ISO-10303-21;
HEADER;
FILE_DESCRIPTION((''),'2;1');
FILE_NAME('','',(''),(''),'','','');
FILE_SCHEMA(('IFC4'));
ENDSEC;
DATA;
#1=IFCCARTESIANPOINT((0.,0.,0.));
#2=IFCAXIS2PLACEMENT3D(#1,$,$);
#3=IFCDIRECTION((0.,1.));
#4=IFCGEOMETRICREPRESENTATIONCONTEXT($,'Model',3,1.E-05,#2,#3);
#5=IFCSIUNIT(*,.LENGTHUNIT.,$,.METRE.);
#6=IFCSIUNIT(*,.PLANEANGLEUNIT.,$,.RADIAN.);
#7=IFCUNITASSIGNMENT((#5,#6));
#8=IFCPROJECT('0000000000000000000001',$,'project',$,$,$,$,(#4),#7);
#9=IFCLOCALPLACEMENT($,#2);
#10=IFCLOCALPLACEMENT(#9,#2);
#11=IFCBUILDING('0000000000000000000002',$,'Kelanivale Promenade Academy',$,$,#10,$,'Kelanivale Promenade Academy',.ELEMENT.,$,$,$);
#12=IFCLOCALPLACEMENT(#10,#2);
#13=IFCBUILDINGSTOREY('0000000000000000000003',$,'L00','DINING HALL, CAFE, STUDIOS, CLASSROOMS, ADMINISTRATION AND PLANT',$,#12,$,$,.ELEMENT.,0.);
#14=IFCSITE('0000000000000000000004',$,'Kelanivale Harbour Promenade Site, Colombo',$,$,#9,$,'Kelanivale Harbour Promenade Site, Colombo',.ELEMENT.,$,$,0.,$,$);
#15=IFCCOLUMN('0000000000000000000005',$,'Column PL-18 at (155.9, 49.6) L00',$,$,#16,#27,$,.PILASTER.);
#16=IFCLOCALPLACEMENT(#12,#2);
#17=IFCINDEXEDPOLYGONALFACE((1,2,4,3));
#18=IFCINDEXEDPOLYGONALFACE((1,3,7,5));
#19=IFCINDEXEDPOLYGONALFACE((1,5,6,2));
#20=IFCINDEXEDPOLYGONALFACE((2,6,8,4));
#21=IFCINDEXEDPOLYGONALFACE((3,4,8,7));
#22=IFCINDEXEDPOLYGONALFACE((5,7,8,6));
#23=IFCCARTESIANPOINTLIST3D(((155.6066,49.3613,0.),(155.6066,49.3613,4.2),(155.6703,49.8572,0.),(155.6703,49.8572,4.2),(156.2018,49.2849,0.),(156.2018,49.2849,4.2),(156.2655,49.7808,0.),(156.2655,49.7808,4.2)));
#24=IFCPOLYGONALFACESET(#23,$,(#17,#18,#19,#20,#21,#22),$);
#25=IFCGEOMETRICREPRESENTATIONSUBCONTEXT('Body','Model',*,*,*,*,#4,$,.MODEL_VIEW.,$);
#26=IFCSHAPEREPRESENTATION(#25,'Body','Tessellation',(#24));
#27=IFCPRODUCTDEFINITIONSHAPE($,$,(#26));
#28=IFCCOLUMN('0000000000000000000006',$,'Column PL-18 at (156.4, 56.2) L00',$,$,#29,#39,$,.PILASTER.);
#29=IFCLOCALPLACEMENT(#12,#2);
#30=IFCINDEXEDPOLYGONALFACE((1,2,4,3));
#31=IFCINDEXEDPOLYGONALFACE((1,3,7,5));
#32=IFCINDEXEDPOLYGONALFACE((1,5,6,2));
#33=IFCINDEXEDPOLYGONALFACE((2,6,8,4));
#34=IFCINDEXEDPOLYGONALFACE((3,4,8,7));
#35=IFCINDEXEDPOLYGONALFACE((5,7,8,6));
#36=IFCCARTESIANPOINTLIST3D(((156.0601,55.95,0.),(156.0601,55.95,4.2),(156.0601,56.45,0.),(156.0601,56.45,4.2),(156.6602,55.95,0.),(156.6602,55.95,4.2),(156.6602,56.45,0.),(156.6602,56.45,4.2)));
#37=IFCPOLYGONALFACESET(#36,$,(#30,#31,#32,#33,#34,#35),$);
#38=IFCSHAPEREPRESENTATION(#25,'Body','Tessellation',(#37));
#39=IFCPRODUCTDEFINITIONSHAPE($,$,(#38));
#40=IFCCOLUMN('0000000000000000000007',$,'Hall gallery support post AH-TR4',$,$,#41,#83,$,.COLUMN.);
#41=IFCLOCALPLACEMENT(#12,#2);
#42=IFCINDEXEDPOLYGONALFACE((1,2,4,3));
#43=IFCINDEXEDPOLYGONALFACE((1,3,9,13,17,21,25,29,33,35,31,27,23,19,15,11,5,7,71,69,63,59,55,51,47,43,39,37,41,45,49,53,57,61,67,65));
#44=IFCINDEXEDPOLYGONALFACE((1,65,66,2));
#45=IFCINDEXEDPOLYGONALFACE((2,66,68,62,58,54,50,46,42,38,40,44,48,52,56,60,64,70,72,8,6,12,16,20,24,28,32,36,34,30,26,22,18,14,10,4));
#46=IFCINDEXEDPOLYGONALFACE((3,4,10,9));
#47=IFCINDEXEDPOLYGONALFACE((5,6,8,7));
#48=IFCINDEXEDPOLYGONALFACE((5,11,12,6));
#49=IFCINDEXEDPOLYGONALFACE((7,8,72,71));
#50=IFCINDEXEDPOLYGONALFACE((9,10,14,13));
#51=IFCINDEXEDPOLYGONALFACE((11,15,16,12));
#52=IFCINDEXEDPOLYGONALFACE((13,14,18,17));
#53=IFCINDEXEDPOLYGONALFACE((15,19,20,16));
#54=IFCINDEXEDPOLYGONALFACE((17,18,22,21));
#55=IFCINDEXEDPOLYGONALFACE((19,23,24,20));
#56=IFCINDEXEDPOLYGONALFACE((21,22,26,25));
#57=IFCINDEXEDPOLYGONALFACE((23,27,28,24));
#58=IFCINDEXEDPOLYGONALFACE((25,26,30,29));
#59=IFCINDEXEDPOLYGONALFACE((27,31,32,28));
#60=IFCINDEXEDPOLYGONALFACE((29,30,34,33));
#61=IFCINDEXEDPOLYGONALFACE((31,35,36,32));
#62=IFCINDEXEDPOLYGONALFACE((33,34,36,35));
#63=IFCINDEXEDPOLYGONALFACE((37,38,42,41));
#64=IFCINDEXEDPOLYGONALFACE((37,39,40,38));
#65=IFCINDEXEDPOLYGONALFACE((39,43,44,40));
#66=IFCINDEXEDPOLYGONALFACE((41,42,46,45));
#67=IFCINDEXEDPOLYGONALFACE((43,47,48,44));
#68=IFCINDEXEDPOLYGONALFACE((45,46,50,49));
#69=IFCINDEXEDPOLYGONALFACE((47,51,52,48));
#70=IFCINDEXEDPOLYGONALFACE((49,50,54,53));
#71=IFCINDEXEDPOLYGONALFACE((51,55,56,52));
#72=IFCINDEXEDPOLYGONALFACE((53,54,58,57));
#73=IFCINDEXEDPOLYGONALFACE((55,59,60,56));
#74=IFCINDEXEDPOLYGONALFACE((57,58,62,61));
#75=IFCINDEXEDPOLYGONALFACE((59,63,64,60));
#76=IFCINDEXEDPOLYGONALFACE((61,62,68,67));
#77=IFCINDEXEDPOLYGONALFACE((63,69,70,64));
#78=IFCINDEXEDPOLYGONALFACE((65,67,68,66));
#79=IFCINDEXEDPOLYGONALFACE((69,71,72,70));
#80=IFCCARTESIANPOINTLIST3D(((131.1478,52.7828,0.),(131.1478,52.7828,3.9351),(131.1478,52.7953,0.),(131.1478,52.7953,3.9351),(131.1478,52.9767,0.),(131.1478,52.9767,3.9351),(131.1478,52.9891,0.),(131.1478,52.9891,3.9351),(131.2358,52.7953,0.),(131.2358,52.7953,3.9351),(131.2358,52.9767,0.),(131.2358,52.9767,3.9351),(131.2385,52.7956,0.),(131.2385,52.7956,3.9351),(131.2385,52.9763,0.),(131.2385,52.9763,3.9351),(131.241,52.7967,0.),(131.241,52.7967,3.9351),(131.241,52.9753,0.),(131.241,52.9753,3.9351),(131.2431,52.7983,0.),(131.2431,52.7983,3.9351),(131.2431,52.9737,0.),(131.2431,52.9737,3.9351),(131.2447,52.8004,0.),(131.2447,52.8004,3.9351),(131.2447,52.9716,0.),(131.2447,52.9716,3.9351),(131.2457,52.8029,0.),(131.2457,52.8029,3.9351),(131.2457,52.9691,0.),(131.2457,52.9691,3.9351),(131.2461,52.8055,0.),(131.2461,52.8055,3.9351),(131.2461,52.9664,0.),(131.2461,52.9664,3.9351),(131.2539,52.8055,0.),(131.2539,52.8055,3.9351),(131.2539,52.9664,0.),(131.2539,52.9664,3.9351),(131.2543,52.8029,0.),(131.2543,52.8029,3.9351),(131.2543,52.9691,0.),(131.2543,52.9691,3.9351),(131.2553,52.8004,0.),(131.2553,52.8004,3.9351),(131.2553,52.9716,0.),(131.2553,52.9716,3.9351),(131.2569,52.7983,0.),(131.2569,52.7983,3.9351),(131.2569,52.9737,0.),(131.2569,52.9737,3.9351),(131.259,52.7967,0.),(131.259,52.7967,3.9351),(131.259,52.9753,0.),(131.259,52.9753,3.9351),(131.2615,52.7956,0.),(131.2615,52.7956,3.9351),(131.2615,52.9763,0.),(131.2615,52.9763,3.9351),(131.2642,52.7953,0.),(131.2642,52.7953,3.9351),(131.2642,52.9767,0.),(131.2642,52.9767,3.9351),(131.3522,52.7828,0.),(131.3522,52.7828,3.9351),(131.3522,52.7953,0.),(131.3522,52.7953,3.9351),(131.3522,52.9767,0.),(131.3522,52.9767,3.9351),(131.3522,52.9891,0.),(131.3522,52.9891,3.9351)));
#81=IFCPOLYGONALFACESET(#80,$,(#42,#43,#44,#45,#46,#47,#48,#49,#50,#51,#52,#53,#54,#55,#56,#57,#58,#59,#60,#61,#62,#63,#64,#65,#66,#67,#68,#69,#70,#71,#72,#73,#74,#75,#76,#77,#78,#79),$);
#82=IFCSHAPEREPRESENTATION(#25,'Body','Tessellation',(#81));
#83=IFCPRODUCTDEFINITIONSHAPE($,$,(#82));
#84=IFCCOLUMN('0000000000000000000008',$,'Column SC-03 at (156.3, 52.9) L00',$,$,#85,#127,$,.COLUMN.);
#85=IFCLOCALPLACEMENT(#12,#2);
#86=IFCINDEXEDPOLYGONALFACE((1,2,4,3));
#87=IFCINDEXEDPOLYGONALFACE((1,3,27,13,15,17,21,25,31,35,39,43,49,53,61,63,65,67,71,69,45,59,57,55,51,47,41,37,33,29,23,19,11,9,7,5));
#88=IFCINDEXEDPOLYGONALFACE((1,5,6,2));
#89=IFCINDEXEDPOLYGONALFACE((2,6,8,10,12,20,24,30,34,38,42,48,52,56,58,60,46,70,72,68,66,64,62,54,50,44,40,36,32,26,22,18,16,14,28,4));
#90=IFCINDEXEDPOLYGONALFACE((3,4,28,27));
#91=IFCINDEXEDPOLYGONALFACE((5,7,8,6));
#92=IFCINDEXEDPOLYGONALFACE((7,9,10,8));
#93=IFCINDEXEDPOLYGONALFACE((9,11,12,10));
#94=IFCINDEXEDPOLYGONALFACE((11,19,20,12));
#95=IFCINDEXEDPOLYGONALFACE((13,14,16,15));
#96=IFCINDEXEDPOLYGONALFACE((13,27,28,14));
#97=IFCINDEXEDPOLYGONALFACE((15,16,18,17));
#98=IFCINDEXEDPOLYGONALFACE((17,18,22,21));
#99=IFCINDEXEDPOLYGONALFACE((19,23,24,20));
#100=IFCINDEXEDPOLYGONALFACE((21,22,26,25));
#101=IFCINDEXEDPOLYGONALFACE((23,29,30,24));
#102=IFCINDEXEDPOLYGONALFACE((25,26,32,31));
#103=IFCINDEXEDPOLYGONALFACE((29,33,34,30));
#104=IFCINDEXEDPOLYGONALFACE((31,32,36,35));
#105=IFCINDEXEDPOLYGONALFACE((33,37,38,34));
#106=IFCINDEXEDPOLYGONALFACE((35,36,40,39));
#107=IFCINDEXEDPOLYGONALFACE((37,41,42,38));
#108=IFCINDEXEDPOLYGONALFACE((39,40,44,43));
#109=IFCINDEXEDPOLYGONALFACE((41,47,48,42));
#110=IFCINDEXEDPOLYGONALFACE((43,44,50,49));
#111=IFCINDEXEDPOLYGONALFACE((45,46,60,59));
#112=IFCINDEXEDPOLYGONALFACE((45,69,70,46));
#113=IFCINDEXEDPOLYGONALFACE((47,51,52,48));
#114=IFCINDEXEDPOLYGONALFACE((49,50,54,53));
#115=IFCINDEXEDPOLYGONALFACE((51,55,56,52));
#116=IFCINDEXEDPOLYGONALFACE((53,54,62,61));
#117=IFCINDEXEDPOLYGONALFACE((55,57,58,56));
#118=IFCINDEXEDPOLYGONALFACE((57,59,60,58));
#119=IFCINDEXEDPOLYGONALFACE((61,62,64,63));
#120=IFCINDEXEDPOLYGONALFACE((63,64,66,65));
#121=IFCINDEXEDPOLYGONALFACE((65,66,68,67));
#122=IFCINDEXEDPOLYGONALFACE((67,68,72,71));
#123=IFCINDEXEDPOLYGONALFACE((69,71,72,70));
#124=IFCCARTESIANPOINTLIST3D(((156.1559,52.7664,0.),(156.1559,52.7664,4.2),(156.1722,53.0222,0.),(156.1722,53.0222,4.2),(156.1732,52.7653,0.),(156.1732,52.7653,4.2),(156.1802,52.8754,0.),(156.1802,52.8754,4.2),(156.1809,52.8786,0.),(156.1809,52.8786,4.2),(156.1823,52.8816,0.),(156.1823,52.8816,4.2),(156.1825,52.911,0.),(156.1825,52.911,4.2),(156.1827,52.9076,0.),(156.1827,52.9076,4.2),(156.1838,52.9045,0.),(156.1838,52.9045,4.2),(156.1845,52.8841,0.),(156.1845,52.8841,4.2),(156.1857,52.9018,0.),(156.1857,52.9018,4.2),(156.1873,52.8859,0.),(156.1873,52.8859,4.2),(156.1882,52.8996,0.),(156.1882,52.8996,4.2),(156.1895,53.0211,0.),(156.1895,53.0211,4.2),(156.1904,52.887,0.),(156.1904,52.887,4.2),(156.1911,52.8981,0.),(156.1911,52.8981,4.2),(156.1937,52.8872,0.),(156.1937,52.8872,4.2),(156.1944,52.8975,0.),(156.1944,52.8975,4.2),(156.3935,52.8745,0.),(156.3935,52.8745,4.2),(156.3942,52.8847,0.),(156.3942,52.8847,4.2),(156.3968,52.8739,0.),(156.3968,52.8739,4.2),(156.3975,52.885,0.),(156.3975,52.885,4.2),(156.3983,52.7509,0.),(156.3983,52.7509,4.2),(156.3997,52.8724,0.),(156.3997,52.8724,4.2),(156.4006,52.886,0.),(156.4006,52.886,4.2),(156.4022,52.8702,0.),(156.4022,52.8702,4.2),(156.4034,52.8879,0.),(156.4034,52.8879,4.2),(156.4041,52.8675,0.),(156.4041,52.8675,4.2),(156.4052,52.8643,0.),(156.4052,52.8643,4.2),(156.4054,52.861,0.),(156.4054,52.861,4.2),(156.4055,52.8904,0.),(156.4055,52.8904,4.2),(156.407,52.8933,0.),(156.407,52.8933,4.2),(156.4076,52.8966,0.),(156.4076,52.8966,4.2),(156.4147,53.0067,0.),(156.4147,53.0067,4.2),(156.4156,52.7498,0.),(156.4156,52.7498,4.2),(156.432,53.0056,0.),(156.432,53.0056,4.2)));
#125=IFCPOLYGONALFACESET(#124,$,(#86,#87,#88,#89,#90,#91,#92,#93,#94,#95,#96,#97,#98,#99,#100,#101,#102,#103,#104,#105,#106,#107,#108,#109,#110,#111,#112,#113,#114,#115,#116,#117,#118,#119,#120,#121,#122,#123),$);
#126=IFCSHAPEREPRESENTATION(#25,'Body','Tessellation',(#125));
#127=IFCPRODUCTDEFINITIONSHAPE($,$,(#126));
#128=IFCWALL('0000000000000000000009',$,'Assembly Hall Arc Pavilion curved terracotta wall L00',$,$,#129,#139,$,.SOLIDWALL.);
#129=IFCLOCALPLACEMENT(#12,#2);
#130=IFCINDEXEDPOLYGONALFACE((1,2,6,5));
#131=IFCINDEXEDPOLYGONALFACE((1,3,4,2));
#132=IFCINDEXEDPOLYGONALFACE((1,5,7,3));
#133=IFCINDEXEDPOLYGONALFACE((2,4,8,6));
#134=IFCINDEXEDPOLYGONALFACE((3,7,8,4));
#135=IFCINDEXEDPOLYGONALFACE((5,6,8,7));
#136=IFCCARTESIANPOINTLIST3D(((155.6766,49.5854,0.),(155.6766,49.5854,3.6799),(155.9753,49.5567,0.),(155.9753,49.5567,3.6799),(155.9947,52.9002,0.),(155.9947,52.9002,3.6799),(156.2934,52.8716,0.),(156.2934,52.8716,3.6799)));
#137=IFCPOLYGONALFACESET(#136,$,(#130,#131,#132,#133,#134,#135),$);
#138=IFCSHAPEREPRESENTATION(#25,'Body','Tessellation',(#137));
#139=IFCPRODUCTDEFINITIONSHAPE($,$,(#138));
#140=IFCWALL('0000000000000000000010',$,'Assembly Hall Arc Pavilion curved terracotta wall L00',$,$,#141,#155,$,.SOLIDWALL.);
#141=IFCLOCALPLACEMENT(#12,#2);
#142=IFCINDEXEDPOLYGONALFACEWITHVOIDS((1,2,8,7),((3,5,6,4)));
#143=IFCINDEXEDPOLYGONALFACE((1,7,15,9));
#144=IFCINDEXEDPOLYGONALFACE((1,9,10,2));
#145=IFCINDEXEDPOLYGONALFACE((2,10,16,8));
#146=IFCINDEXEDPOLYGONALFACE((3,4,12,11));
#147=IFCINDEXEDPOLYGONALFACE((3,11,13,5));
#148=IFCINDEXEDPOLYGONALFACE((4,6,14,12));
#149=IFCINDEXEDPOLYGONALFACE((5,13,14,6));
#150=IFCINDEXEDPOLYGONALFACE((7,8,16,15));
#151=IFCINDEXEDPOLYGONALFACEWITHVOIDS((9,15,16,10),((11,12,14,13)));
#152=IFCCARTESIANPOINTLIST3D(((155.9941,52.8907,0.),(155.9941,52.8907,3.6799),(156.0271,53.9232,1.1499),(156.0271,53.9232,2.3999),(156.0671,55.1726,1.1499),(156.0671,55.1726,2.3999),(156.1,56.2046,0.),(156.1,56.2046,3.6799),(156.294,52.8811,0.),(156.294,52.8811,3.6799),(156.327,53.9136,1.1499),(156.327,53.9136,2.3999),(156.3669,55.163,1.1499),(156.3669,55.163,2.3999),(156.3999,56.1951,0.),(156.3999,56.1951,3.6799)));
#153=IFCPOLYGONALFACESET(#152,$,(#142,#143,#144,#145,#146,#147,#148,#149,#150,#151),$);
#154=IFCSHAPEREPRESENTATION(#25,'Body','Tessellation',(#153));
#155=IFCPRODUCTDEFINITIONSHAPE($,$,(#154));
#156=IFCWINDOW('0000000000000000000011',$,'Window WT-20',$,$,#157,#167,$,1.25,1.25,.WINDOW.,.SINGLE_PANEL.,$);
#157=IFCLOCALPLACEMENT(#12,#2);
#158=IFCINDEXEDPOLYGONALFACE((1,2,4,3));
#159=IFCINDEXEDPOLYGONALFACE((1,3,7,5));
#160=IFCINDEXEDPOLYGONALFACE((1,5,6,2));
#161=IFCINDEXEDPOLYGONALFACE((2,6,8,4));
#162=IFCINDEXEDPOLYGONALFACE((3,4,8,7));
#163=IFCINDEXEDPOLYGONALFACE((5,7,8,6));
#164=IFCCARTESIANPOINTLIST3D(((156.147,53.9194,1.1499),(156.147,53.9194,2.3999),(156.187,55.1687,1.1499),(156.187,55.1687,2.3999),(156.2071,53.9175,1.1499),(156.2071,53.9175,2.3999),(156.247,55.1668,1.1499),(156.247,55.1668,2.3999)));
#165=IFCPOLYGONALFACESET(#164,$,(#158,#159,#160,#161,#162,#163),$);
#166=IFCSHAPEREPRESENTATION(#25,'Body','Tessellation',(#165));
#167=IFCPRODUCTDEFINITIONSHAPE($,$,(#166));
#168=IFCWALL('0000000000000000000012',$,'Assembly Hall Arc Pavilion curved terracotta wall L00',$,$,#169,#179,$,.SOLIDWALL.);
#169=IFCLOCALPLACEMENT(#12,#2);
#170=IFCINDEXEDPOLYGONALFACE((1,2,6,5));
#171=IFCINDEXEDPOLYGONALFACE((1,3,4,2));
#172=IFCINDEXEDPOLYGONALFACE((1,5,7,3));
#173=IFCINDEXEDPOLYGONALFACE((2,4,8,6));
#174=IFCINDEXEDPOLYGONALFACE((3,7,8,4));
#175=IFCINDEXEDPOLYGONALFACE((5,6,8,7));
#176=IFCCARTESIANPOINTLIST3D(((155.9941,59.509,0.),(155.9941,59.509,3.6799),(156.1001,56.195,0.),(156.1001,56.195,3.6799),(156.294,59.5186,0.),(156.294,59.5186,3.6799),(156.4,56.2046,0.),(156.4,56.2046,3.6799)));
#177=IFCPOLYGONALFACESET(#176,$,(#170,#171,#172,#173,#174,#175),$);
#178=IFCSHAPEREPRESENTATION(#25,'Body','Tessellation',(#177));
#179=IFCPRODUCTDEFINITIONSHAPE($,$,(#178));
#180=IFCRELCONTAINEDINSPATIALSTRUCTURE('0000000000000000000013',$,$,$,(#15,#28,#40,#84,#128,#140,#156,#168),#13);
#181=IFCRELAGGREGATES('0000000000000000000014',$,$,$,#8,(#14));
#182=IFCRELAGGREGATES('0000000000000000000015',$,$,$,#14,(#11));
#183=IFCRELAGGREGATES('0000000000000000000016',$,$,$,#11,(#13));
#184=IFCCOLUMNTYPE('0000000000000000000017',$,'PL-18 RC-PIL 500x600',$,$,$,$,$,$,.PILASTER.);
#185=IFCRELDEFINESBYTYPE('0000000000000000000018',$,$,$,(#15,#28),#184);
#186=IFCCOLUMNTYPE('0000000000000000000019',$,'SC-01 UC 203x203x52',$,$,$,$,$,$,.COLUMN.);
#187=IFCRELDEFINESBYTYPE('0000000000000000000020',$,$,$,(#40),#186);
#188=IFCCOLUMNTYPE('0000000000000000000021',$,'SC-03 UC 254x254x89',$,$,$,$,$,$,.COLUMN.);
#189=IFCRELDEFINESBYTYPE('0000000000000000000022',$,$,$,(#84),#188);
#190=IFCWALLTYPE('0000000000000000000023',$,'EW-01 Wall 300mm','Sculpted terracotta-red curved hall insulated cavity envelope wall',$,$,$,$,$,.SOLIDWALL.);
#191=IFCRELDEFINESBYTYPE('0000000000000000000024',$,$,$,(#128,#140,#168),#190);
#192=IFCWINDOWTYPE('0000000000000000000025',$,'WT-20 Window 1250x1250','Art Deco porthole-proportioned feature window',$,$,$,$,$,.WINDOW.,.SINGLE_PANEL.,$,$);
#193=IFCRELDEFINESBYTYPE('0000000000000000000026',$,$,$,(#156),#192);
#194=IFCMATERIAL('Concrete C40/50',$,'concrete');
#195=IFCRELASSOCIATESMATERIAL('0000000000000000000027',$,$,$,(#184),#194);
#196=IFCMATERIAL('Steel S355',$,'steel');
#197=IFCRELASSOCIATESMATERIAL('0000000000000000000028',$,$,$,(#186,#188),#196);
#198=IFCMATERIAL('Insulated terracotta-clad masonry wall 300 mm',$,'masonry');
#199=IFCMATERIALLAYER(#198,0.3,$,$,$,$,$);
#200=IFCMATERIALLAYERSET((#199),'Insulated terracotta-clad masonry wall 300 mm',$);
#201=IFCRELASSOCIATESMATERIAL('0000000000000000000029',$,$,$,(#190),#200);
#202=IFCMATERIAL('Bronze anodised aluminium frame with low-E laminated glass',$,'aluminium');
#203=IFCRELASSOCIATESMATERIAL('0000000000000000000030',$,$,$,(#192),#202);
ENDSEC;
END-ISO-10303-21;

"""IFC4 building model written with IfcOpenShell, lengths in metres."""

from ifc_helpers import new_model, si_unit, direction, frame, frame_2d, origin, origin_2d, place, context, subcontext, project, spatial, rectangle, i_section, extrude, material, layer, layer_set, material_profile, profile_set, type_object, element, fill, save


model = new_model("IFC4")

# Units and contexts
model_context = context("Model", 3, precision=1e-05, world=origin(), true_north=direction((0.0, 1.0)))
body_context = subcontext(model_context, "Body", "Model", "MODEL_VIEW")
ifc_project = project(units=[si_unit("LENGTHUNIT", "METRE"), si_unit("PLANEANGLEUNIT", "RADIAN")], contexts=[model_context])

# Site, building, storey
site_placement = place(None, origin())
site = spatial("IfcSite", under=ifc_project, at=site_placement, Name="Kelanivale Harbour Promenade Site, Colombo", LongName="Kelanivale Harbour Promenade Site, Colombo", CompositionType="ELEMENT", RefElevation=0.0)
building_placement = place(site_placement, origin())
building = spatial("IfcBuilding", under=site, at=building_placement, Name="Kelanivale Promenade Academy", LongName="Kelanivale Promenade Academy", CompositionType="ELEMENT")
storey_placement = place(building_placement, origin())
storey = spatial("IfcBuildingStorey", under=building, at=storey_placement, Name="L00", Description="DINING HALL, CAFE, STUDIOS, CLASSROOMS, ADMINISTRATION AND PLANT", CompositionType="ELEMENT", Elevation=0.0)

# Columns
ifc_material_1 = material(Name="Concrete C40/50", Category="concrete")
ifc_material_profile_1 = material_profile(ifc_material_1, rectangle(XDim=0.5, YDim=0.6001, at=origin_2d()), Name="RC-PIL 500x600")
ifc_profile_set_1 = profile_set([ifc_material_profile_1], Name="Concrete C40/50")
column_type_1 = type_object("IfcColumnType", Name="PL-18 RC-PIL 500x600", PredefinedType="PILASTER", material=ifc_profile_set_1)
for number, where, z_axis, x_axis, name in (
    (1, (155.936, 49.571, 0.0), (0.0, 0.0, 1.0), (0.127411, 0.99185, 0.0), "Column PL-18 at (155.9, 49.6) L00"),
    (2, (156.3601, 56.2, 0.0), (0.0, 0.0, 1.0), (0.0, 1.0, 0.0), "Column PL-18 at (156.4, 56.2) L00"),
):
    element("IfcColumn", number, at=place(storey_placement, frame(where, z_axis=z_axis, x_axis=x_axis)), inside=storey, type_object=column_type_1, Name=name, PredefinedType="PILASTER", context=body_context, shape_type="SweptSolid", body=[
        extrude(rectangle(XDim=0.5, YDim=0.6001, at=origin_2d()), origin(), (0.0, 0.0, 1.0), 4.2),
    ])
ifc_material_2 = material(Name="Steel S355", Category="steel")
ifc_material_profile_2 = material_profile(ifc_material_2, i_section(OverallWidth=0.2043, OverallDepth=0.2063, WebThickness=0.0078, FlangeThickness=0.0125, FilletRadius=0.0103, at=origin_2d()), Name="UC 203x203x52")
ifc_profile_set_2 = profile_set([ifc_material_profile_2], Name="Steel S355")
column_type_2 = type_object("IfcColumnType", Name="SC-01 UC 203x203x52", PredefinedType="COLUMN", material=ifc_profile_set_2)
column_1_placement = place(storey_placement, frame((131.25, 52.886, 0.0), z_axis=(0.0, 0.0, 1.0), x_axis=(1.0, 0.0, 0.0)))
element("IfcColumn", 3, at=column_1_placement, inside=storey, type_object=column_type_2, Name="Hall gallery support post AH-TR4", PredefinedType="COLUMN", context=body_context, shape_type="SweptSolid", body=[
    extrude(i_section(OverallWidth=0.2043, OverallDepth=0.2063, WebThickness=0.0078, FlangeThickness=0.0125, FilletRadius=0.0103, at=origin_2d()), origin(), (0.0, 0.0, 1.0), 3.9351),
])
ifc_material_profile_3 = material_profile(ifc_material_2, i_section(OverallWidth=0.2563, OverallDepth=0.2603, WebThickness=0.0103, FlangeThickness=0.0173, FilletRadius=0.0127, at=origin_2d()), Name="UC 254x254x89")
ifc_profile_set_3 = profile_set([ifc_material_profile_3], Name="Steel S355")
column_type_3 = type_object("IfcColumnType", Name="SC-03 UC 254x254x89", PredefinedType="COLUMN", material=ifc_profile_set_3)
column_2_placement = place(storey_placement, frame((156.2939, 52.886, 0.0), z_axis=(0.0, 0.0, 1.0), x_axis=(0.063661, 0.997972, 0.0)))
element("IfcColumn", 4, at=column_2_placement, inside=storey, type_object=column_type_3, Name="Column SC-03 at (156.3, 52.9) L00", PredefinedType="COLUMN", context=body_context, shape_type="SweptSolid", body=[
    extrude(i_section(OverallWidth=0.2563, OverallDepth=0.2603, WebThickness=0.0103, FlangeThickness=0.0173, FilletRadius=0.0127, at=origin_2d()), origin(), (0.0, 0.0, 1.0), 4.2),
])

# Wall
ifc_material_3 = material(Name="Insulated terracotta-clad masonry wall 300 mm", Category="masonry")
ifc_layer_1 = layer(ifc_material_3, 0.3)
ifc_layer_set_1 = layer_set([ifc_layer_1], Name="Insulated terracotta-clad masonry wall 300 mm")
wall_type_1 = type_object("IfcWallType", Name="EW-01 Wall 300mm", Description="Sculpted terracotta-red curved hall insulated cavity envelope wall", PredefinedType="SOLIDWALL", material=ifc_layer_set_1)
wall_1_placement = place(storey_placement, frame((155.8259, 49.571, 0.0), z_axis=(0.0, 0.0, 1.0), x_axis=(0.095525, 0.995427, 0.0)))
element("IfcWall", 5, at=wall_1_placement, inside=storey, type_object=wall_type_1, Name="Assembly Hall Arc Pavilion curved terracotta wall L00", PredefinedType="SOLIDWALL", context=body_context, shape_type="SweptSolid", body=[
    extrude(rectangle(XDim=3.3301, YDim=0.3, at=frame_2d((1.665, 0.0))), origin(), (0.0, 0.0, 1.0), 3.6799),
])

# Wall, opening, window
wall_2_placement = place(storey_placement, frame((156.144, 52.886, 0.0), z_axis=(0.0, 0.0, 1.0), x_axis=(0.031957, 0.999489, 0.0)))
wall_2 = element("IfcWall", 6, at=wall_2_placement, inside=storey, type_object=wall_type_1, Name="Assembly Hall Arc Pavilion curved terracotta wall L00", PredefinedType="SOLIDWALL", context=body_context, shape_type="SweptSolid", body=[
    extrude(rectangle(XDim=3.3157, YDim=0.3, at=frame_2d((1.6577, 0.0))), origin(), (0.0, 0.0, 1.0), 3.6799),
])
opening_placement = place(wall_2_placement, frame((1.033, 0.0, 1.1499)))
opening = element("IfcOpeningElement", 7, at=opening_placement, cuts=wall_2, PredefinedType="OPENING", context=body_context, shape_type="SweptSolid", body=[
    extrude(rectangle(XDim=1.25, YDim=1.25, at=frame_2d((0.625, 0.625))), frame((0.0, 0.1602, 0.0), z_axis=(0.0, -1.0, 0.0), x_axis=(1.0, 0.0, 0.0)), (0.0, 0.0, 1.0), 0.3201),
])
ifc_material_4 = material(Name="Bronze anodised aluminium frame with low-E laminated glass", Category="aluminium")
window_type = type_object("IfcWindowType", Name="WT-20 Window 1250x1250", Description="Art Deco porthole-proportioned feature window", PartitioningType="SINGLE_PANEL", PredefinedType="WINDOW", material=ifc_material_4)
window_placement = place(opening_placement, origin())
window = element("IfcWindow", 8, at=window_placement, inside=storey, type_object=window_type, Name="Window WT-20", OverallHeight=1.25, OverallWidth=1.25, PartitioningType="SINGLE_PANEL", PredefinedType="WINDOW", context=body_context, shape_type="SweptSolid", body=[
    extrude(rectangle(XDim=1.25, YDim=1.25, at=frame_2d((0.625, 0.625))), frame((0.0, 0.03, 0.0), z_axis=(0.0, -1.0, 0.0), x_axis=(1.0, 0.0, 0.0)), (0.0, 0.0, 1.0), 0.0601),
])
fill(opening, window)

# Wall
wall_3_placement = place(storey_placement, frame((156.25, 56.2, 0.0), z_axis=(0.0, 0.0, 1.0), x_axis=(-0.031957, 0.999489, 0.0)))
element("IfcWall", 9, at=wall_3_placement, inside=storey, type_object=wall_type_1, Name="Assembly Hall Arc Pavilion curved terracotta wall L00", PredefinedType="SOLIDWALL", context=body_context, shape_type="SweptSolid", body=[
    extrude(rectangle(XDim=3.3157, YDim=0.3, at=frame_2d((1.6577, 0.0))), origin(), (0.0, 0.0, 1.0), 3.6799),
])

save(model, "model.ifc")
